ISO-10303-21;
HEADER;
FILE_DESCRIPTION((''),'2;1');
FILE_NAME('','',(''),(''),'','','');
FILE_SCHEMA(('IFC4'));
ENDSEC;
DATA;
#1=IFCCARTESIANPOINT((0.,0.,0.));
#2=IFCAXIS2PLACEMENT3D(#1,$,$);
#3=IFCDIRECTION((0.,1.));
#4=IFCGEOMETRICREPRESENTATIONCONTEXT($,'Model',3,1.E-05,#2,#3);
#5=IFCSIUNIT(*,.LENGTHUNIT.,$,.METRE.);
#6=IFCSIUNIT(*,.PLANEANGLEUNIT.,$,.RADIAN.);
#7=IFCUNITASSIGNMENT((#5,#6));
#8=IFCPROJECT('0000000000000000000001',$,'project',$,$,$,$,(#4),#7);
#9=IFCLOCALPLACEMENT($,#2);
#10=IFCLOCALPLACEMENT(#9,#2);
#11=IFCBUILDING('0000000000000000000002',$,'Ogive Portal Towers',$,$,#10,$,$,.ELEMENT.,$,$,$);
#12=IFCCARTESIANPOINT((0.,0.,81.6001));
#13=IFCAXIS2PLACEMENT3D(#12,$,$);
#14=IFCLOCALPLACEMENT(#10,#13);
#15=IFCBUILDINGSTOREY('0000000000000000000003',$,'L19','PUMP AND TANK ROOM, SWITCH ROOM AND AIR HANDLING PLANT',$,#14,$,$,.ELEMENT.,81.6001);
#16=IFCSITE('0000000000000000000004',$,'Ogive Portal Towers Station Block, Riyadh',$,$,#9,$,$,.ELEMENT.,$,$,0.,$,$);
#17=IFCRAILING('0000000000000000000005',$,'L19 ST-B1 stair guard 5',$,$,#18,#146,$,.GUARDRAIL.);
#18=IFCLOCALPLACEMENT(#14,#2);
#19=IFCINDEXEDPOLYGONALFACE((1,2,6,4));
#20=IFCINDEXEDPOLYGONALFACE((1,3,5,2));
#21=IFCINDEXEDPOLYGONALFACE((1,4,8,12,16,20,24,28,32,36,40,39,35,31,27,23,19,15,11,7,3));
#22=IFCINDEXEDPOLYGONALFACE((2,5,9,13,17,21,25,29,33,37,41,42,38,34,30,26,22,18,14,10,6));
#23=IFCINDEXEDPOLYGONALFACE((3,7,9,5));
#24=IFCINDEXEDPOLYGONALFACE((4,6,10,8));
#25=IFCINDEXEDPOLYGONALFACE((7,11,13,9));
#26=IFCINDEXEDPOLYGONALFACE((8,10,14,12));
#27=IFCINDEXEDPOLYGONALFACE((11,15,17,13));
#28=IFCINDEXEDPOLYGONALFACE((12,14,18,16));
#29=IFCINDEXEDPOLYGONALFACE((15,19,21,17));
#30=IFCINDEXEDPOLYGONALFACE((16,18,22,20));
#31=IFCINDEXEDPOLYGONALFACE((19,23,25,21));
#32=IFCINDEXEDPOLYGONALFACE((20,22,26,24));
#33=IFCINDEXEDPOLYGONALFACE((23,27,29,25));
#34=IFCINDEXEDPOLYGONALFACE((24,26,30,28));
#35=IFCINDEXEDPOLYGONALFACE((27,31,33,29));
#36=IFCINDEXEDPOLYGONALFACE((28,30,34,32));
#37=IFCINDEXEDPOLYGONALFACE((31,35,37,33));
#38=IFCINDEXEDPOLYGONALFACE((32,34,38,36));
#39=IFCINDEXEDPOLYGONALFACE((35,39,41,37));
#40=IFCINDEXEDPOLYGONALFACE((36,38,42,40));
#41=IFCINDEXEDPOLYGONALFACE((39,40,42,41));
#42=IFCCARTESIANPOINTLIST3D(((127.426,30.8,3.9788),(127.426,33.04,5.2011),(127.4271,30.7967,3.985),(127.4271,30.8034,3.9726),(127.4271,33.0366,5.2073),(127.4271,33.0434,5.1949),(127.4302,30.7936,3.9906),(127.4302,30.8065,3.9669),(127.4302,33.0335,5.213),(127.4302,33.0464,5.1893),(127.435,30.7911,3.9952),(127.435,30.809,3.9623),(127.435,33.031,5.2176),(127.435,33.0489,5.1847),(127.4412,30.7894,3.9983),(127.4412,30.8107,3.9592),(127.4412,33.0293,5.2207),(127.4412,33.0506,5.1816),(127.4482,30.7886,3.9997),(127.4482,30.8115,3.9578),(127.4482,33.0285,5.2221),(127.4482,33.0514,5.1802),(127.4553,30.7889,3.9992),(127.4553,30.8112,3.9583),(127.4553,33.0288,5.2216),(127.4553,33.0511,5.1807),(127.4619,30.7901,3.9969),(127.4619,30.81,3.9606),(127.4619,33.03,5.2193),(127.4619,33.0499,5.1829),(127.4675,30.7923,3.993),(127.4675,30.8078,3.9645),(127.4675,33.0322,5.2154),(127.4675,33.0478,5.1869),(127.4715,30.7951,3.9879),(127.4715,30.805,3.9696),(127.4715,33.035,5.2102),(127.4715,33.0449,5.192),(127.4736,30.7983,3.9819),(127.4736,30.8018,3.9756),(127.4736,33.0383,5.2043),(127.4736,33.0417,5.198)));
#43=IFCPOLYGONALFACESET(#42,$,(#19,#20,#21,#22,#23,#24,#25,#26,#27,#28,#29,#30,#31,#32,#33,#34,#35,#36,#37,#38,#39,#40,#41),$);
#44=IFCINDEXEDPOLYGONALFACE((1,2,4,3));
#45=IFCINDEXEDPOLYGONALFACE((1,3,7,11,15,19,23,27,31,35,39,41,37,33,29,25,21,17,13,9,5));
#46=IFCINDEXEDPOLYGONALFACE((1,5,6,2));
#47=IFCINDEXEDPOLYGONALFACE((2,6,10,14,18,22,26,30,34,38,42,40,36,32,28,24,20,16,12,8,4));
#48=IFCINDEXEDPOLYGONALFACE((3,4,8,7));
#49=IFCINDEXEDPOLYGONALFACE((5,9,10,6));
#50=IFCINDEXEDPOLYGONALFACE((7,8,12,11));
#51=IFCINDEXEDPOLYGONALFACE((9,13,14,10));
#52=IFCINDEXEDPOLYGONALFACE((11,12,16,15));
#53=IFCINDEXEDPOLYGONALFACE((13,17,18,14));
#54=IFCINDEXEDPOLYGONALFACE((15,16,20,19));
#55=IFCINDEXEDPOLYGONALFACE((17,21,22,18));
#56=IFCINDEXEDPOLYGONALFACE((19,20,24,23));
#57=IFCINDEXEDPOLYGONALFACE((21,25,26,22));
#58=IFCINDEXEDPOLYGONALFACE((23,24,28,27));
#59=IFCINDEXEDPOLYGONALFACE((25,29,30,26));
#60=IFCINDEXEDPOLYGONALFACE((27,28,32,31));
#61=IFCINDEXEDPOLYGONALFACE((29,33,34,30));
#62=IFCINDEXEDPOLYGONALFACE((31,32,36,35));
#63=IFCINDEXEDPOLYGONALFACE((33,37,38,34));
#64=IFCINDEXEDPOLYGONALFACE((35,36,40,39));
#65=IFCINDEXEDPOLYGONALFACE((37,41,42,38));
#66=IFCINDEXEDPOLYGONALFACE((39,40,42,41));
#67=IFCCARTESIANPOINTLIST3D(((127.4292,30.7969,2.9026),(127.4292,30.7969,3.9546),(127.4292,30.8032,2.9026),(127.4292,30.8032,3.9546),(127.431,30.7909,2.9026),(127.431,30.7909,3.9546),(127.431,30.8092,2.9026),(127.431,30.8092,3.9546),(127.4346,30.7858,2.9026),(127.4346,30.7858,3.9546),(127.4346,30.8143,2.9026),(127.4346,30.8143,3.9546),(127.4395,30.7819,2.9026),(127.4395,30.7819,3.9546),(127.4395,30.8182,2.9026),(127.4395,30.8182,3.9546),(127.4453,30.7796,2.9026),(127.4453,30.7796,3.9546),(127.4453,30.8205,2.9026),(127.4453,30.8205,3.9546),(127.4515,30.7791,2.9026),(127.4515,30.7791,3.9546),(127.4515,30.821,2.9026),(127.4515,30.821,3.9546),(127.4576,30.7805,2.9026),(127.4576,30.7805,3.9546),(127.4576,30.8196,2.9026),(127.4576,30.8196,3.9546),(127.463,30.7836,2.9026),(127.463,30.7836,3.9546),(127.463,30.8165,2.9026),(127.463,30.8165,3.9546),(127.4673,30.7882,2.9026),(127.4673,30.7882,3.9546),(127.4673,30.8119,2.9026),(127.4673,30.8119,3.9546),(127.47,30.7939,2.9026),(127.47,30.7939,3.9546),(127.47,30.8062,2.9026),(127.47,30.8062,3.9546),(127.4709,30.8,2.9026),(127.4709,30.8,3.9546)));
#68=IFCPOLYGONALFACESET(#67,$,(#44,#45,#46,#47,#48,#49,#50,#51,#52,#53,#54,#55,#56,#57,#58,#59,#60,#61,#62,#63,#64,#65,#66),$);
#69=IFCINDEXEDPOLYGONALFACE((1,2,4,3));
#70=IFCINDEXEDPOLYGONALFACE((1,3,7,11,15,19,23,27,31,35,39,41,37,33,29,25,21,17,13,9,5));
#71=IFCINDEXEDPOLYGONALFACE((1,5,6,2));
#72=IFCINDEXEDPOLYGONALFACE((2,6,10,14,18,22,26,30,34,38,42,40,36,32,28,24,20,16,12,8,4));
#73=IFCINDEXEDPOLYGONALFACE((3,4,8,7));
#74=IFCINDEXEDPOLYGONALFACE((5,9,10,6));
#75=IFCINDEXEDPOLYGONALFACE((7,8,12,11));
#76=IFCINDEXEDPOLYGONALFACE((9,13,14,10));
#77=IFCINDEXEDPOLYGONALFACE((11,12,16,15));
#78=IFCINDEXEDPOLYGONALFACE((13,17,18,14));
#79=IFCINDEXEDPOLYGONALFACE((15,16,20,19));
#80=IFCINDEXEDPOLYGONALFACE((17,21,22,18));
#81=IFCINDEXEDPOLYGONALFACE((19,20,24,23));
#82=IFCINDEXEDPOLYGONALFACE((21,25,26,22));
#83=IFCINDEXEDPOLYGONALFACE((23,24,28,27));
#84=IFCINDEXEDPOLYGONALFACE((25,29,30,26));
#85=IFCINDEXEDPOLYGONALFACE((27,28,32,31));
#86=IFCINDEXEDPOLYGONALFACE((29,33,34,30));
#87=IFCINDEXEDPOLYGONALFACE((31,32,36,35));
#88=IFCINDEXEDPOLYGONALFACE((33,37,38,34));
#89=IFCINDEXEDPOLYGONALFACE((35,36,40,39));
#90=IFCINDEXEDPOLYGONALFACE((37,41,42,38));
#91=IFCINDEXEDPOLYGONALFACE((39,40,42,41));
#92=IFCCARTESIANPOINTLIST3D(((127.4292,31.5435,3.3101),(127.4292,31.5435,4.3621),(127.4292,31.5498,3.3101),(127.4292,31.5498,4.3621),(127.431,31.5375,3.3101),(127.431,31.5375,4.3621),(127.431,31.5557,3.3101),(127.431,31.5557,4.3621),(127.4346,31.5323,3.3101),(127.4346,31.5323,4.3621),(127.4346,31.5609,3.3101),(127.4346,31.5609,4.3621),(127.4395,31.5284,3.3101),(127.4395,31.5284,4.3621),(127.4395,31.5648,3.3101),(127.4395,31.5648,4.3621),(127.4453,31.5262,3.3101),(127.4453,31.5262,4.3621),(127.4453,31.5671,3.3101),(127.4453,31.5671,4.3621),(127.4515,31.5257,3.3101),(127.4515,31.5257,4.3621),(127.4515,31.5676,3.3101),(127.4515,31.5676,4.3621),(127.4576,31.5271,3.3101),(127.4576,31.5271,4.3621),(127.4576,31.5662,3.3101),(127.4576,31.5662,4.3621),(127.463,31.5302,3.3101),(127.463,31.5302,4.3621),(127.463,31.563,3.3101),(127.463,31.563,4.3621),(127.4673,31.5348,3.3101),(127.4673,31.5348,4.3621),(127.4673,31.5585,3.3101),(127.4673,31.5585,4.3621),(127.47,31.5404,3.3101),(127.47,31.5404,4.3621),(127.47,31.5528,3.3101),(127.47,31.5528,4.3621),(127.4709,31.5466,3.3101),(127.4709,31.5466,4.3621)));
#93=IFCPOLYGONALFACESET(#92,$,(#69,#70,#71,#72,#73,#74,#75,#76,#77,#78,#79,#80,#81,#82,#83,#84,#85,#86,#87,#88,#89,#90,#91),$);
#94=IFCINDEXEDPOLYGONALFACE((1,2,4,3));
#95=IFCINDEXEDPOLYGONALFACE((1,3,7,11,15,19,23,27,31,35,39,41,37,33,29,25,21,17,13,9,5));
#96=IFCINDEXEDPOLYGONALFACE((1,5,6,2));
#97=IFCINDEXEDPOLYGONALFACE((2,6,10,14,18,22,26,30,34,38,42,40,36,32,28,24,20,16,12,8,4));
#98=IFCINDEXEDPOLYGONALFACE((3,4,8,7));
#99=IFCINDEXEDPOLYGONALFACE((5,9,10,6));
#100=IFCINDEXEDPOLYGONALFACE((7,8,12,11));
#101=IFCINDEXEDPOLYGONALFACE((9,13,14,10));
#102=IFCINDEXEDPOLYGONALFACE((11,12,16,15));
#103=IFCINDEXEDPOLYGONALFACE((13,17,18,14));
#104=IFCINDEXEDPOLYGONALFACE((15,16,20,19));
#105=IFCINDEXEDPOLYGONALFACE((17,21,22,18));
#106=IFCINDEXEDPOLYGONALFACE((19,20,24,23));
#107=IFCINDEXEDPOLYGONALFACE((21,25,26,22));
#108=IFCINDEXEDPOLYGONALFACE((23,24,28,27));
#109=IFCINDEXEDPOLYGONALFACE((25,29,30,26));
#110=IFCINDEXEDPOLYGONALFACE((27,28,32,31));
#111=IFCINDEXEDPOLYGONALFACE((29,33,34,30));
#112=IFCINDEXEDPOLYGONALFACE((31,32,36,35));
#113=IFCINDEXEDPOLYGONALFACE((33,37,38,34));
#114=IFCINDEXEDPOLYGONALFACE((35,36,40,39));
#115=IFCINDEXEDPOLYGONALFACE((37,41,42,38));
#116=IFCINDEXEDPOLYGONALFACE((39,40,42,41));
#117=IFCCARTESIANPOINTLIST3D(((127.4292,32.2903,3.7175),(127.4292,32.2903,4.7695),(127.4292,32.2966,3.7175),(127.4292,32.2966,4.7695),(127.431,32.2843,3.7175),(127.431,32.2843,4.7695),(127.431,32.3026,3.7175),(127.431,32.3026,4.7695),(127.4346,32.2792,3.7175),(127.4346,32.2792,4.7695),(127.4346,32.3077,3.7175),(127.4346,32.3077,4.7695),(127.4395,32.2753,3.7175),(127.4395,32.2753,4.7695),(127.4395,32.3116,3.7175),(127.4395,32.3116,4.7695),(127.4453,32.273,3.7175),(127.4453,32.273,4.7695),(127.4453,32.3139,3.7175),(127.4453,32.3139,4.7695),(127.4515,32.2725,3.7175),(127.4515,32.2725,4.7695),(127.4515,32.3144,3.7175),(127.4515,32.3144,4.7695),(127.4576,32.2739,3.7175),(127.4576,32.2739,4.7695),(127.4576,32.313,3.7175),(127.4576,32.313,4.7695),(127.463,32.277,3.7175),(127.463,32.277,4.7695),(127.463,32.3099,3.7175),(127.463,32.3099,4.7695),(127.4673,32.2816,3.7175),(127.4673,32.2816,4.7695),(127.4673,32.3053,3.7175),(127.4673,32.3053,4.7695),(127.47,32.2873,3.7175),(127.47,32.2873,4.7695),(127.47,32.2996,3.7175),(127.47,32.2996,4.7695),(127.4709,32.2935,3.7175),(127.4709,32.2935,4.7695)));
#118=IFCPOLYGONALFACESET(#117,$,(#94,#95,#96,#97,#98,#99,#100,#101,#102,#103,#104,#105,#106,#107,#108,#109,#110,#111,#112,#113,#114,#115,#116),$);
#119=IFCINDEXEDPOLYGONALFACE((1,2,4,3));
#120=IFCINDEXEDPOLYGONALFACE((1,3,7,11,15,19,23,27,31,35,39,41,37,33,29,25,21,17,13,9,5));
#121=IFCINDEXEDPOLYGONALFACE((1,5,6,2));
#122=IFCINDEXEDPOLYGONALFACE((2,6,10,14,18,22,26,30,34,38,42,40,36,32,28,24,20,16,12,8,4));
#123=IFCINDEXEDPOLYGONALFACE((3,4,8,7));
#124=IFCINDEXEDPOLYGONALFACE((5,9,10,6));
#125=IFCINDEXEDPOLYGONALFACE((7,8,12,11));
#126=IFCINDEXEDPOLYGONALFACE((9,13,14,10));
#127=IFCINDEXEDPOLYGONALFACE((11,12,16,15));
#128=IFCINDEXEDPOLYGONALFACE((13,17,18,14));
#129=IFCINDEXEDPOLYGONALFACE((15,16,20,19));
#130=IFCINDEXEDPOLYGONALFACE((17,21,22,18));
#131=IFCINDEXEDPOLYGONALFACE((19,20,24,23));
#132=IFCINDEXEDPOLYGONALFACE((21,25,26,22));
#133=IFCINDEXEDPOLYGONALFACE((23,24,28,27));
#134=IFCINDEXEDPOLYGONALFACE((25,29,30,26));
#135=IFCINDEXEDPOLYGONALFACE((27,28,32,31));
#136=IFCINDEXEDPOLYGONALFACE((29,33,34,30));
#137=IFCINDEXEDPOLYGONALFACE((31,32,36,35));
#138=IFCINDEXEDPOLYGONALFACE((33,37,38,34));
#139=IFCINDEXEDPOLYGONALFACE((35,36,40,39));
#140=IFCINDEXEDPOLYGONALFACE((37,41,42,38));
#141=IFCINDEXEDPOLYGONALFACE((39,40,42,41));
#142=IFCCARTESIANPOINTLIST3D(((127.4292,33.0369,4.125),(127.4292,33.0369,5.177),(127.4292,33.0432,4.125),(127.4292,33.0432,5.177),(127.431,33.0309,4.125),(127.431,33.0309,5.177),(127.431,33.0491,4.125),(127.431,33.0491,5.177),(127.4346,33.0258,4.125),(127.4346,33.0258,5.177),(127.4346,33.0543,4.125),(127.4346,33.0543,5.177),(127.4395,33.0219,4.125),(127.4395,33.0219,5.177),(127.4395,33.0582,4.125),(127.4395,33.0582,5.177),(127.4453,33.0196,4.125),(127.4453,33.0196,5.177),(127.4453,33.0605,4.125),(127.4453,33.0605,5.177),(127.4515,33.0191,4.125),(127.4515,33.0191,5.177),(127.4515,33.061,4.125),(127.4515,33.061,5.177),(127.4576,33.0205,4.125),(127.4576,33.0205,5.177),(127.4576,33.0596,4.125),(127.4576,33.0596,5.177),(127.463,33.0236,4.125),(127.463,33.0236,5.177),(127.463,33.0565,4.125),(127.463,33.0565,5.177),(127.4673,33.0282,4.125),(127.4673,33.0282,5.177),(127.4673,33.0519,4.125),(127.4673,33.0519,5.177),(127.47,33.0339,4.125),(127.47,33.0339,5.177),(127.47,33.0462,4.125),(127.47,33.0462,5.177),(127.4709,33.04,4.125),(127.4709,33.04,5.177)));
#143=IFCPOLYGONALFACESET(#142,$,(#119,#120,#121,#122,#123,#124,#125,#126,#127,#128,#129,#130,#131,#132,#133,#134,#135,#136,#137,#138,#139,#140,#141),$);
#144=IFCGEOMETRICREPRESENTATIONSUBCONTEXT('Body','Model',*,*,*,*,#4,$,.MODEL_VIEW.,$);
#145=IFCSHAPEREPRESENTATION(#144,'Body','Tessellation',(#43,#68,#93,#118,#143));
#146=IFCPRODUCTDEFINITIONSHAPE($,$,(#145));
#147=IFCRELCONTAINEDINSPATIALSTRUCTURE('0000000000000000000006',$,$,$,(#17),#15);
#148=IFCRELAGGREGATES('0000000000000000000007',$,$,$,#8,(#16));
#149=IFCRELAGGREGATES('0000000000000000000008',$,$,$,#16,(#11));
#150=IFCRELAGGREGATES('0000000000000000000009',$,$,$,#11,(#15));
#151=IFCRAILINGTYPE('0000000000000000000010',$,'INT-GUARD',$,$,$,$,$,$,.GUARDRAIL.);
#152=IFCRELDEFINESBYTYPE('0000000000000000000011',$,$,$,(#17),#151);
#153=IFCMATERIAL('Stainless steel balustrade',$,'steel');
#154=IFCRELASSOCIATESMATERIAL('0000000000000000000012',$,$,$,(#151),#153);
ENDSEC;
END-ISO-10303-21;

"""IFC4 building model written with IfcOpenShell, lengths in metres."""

from ifc_helpers import new_model, si_unit, direction, frame, origin, origin_2d, place, context, subcontext, project, spatial, circle, extrude, material, type_object, element, save


model = new_model("IFC4")

# Units and contexts
model_context = context("Model", 3, precision=1e-05, world=origin(), true_north=direction((0.0, 1.0)))
body_context = subcontext(model_context, "Body", "Model", "MODEL_VIEW")
ifc_project = project(units=[si_unit("LENGTHUNIT", "METRE"), si_unit("PLANEANGLEUNIT", "RADIAN")], contexts=[model_context])

# Site, building, storey
site_placement = place(None, origin())
site = spatial("IfcSite", under=ifc_project, at=site_placement, Name="Ogive Portal Towers Station Block, Riyadh", CompositionType="ELEMENT", RefElevation=0.0)
building_placement = place(site_placement, origin())
building = spatial("IfcBuilding", under=site, at=building_placement, Name="Ogive Portal Towers", CompositionType="ELEMENT")
storey_placement = place(building_placement, frame((0.0, 0.0, 81.6001)))
storey = spatial("IfcBuildingStorey", under=building, at=storey_placement, Name="L19", Description="PUMP AND TANK ROOM, SWITCH ROOM AND AIR HANDLING PLANT", CompositionType="ELEMENT", Elevation=81.6001)

# Railing
ifc_material_1 = material(Name="Stainless steel balustrade", Category="steel")
railing_type_1 = type_object("IfcRailingType", Name="INT-GUARD", PredefinedType="GUARDRAIL", material=ifc_material_1)
railing_1_placement = place(storey_placement, frame((127.45, 30.8, 2.9026)))
element("IfcRailing", 1, at=railing_1_placement, inside=storey, type_object=railing_type_1, Name="L19 ST-B1 stair guard 5", PredefinedType="GUARDRAIL", context=body_context, shape_type="SweptSolid", body=[
    extrude(circle(Radius=0.0239, at=origin_2d()), frame((0.0, 0.0, 1.0762), z_axis=(0.0, 0.877797, 0.479033), x_axis=(-1.0, 0.0, 0.0)), (0.0, 0.0, 1.0), 2.5518),
    extrude(circle(Radius=0.021, at=origin_2d()), origin(), (0.0, 0.0, 1.0), 1.052),
    extrude(circle(Radius=0.021, at=origin_2d()), frame((0.0, 0.7466, 0.4075)), (0.0, 0.0, 1.0), 1.052),
    extrude(circle(Radius=0.021, at=origin_2d()), frame((0.0, 1.4934, 0.8149)), (0.0, 0.0, 1.0), 1.052),
    extrude(circle(Radius=0.021, at=origin_2d()), frame((0.0, 2.24, 1.2224)), (0.0, 0.0, 1.0), 1.052),
])

save(model, "model.ifc")
